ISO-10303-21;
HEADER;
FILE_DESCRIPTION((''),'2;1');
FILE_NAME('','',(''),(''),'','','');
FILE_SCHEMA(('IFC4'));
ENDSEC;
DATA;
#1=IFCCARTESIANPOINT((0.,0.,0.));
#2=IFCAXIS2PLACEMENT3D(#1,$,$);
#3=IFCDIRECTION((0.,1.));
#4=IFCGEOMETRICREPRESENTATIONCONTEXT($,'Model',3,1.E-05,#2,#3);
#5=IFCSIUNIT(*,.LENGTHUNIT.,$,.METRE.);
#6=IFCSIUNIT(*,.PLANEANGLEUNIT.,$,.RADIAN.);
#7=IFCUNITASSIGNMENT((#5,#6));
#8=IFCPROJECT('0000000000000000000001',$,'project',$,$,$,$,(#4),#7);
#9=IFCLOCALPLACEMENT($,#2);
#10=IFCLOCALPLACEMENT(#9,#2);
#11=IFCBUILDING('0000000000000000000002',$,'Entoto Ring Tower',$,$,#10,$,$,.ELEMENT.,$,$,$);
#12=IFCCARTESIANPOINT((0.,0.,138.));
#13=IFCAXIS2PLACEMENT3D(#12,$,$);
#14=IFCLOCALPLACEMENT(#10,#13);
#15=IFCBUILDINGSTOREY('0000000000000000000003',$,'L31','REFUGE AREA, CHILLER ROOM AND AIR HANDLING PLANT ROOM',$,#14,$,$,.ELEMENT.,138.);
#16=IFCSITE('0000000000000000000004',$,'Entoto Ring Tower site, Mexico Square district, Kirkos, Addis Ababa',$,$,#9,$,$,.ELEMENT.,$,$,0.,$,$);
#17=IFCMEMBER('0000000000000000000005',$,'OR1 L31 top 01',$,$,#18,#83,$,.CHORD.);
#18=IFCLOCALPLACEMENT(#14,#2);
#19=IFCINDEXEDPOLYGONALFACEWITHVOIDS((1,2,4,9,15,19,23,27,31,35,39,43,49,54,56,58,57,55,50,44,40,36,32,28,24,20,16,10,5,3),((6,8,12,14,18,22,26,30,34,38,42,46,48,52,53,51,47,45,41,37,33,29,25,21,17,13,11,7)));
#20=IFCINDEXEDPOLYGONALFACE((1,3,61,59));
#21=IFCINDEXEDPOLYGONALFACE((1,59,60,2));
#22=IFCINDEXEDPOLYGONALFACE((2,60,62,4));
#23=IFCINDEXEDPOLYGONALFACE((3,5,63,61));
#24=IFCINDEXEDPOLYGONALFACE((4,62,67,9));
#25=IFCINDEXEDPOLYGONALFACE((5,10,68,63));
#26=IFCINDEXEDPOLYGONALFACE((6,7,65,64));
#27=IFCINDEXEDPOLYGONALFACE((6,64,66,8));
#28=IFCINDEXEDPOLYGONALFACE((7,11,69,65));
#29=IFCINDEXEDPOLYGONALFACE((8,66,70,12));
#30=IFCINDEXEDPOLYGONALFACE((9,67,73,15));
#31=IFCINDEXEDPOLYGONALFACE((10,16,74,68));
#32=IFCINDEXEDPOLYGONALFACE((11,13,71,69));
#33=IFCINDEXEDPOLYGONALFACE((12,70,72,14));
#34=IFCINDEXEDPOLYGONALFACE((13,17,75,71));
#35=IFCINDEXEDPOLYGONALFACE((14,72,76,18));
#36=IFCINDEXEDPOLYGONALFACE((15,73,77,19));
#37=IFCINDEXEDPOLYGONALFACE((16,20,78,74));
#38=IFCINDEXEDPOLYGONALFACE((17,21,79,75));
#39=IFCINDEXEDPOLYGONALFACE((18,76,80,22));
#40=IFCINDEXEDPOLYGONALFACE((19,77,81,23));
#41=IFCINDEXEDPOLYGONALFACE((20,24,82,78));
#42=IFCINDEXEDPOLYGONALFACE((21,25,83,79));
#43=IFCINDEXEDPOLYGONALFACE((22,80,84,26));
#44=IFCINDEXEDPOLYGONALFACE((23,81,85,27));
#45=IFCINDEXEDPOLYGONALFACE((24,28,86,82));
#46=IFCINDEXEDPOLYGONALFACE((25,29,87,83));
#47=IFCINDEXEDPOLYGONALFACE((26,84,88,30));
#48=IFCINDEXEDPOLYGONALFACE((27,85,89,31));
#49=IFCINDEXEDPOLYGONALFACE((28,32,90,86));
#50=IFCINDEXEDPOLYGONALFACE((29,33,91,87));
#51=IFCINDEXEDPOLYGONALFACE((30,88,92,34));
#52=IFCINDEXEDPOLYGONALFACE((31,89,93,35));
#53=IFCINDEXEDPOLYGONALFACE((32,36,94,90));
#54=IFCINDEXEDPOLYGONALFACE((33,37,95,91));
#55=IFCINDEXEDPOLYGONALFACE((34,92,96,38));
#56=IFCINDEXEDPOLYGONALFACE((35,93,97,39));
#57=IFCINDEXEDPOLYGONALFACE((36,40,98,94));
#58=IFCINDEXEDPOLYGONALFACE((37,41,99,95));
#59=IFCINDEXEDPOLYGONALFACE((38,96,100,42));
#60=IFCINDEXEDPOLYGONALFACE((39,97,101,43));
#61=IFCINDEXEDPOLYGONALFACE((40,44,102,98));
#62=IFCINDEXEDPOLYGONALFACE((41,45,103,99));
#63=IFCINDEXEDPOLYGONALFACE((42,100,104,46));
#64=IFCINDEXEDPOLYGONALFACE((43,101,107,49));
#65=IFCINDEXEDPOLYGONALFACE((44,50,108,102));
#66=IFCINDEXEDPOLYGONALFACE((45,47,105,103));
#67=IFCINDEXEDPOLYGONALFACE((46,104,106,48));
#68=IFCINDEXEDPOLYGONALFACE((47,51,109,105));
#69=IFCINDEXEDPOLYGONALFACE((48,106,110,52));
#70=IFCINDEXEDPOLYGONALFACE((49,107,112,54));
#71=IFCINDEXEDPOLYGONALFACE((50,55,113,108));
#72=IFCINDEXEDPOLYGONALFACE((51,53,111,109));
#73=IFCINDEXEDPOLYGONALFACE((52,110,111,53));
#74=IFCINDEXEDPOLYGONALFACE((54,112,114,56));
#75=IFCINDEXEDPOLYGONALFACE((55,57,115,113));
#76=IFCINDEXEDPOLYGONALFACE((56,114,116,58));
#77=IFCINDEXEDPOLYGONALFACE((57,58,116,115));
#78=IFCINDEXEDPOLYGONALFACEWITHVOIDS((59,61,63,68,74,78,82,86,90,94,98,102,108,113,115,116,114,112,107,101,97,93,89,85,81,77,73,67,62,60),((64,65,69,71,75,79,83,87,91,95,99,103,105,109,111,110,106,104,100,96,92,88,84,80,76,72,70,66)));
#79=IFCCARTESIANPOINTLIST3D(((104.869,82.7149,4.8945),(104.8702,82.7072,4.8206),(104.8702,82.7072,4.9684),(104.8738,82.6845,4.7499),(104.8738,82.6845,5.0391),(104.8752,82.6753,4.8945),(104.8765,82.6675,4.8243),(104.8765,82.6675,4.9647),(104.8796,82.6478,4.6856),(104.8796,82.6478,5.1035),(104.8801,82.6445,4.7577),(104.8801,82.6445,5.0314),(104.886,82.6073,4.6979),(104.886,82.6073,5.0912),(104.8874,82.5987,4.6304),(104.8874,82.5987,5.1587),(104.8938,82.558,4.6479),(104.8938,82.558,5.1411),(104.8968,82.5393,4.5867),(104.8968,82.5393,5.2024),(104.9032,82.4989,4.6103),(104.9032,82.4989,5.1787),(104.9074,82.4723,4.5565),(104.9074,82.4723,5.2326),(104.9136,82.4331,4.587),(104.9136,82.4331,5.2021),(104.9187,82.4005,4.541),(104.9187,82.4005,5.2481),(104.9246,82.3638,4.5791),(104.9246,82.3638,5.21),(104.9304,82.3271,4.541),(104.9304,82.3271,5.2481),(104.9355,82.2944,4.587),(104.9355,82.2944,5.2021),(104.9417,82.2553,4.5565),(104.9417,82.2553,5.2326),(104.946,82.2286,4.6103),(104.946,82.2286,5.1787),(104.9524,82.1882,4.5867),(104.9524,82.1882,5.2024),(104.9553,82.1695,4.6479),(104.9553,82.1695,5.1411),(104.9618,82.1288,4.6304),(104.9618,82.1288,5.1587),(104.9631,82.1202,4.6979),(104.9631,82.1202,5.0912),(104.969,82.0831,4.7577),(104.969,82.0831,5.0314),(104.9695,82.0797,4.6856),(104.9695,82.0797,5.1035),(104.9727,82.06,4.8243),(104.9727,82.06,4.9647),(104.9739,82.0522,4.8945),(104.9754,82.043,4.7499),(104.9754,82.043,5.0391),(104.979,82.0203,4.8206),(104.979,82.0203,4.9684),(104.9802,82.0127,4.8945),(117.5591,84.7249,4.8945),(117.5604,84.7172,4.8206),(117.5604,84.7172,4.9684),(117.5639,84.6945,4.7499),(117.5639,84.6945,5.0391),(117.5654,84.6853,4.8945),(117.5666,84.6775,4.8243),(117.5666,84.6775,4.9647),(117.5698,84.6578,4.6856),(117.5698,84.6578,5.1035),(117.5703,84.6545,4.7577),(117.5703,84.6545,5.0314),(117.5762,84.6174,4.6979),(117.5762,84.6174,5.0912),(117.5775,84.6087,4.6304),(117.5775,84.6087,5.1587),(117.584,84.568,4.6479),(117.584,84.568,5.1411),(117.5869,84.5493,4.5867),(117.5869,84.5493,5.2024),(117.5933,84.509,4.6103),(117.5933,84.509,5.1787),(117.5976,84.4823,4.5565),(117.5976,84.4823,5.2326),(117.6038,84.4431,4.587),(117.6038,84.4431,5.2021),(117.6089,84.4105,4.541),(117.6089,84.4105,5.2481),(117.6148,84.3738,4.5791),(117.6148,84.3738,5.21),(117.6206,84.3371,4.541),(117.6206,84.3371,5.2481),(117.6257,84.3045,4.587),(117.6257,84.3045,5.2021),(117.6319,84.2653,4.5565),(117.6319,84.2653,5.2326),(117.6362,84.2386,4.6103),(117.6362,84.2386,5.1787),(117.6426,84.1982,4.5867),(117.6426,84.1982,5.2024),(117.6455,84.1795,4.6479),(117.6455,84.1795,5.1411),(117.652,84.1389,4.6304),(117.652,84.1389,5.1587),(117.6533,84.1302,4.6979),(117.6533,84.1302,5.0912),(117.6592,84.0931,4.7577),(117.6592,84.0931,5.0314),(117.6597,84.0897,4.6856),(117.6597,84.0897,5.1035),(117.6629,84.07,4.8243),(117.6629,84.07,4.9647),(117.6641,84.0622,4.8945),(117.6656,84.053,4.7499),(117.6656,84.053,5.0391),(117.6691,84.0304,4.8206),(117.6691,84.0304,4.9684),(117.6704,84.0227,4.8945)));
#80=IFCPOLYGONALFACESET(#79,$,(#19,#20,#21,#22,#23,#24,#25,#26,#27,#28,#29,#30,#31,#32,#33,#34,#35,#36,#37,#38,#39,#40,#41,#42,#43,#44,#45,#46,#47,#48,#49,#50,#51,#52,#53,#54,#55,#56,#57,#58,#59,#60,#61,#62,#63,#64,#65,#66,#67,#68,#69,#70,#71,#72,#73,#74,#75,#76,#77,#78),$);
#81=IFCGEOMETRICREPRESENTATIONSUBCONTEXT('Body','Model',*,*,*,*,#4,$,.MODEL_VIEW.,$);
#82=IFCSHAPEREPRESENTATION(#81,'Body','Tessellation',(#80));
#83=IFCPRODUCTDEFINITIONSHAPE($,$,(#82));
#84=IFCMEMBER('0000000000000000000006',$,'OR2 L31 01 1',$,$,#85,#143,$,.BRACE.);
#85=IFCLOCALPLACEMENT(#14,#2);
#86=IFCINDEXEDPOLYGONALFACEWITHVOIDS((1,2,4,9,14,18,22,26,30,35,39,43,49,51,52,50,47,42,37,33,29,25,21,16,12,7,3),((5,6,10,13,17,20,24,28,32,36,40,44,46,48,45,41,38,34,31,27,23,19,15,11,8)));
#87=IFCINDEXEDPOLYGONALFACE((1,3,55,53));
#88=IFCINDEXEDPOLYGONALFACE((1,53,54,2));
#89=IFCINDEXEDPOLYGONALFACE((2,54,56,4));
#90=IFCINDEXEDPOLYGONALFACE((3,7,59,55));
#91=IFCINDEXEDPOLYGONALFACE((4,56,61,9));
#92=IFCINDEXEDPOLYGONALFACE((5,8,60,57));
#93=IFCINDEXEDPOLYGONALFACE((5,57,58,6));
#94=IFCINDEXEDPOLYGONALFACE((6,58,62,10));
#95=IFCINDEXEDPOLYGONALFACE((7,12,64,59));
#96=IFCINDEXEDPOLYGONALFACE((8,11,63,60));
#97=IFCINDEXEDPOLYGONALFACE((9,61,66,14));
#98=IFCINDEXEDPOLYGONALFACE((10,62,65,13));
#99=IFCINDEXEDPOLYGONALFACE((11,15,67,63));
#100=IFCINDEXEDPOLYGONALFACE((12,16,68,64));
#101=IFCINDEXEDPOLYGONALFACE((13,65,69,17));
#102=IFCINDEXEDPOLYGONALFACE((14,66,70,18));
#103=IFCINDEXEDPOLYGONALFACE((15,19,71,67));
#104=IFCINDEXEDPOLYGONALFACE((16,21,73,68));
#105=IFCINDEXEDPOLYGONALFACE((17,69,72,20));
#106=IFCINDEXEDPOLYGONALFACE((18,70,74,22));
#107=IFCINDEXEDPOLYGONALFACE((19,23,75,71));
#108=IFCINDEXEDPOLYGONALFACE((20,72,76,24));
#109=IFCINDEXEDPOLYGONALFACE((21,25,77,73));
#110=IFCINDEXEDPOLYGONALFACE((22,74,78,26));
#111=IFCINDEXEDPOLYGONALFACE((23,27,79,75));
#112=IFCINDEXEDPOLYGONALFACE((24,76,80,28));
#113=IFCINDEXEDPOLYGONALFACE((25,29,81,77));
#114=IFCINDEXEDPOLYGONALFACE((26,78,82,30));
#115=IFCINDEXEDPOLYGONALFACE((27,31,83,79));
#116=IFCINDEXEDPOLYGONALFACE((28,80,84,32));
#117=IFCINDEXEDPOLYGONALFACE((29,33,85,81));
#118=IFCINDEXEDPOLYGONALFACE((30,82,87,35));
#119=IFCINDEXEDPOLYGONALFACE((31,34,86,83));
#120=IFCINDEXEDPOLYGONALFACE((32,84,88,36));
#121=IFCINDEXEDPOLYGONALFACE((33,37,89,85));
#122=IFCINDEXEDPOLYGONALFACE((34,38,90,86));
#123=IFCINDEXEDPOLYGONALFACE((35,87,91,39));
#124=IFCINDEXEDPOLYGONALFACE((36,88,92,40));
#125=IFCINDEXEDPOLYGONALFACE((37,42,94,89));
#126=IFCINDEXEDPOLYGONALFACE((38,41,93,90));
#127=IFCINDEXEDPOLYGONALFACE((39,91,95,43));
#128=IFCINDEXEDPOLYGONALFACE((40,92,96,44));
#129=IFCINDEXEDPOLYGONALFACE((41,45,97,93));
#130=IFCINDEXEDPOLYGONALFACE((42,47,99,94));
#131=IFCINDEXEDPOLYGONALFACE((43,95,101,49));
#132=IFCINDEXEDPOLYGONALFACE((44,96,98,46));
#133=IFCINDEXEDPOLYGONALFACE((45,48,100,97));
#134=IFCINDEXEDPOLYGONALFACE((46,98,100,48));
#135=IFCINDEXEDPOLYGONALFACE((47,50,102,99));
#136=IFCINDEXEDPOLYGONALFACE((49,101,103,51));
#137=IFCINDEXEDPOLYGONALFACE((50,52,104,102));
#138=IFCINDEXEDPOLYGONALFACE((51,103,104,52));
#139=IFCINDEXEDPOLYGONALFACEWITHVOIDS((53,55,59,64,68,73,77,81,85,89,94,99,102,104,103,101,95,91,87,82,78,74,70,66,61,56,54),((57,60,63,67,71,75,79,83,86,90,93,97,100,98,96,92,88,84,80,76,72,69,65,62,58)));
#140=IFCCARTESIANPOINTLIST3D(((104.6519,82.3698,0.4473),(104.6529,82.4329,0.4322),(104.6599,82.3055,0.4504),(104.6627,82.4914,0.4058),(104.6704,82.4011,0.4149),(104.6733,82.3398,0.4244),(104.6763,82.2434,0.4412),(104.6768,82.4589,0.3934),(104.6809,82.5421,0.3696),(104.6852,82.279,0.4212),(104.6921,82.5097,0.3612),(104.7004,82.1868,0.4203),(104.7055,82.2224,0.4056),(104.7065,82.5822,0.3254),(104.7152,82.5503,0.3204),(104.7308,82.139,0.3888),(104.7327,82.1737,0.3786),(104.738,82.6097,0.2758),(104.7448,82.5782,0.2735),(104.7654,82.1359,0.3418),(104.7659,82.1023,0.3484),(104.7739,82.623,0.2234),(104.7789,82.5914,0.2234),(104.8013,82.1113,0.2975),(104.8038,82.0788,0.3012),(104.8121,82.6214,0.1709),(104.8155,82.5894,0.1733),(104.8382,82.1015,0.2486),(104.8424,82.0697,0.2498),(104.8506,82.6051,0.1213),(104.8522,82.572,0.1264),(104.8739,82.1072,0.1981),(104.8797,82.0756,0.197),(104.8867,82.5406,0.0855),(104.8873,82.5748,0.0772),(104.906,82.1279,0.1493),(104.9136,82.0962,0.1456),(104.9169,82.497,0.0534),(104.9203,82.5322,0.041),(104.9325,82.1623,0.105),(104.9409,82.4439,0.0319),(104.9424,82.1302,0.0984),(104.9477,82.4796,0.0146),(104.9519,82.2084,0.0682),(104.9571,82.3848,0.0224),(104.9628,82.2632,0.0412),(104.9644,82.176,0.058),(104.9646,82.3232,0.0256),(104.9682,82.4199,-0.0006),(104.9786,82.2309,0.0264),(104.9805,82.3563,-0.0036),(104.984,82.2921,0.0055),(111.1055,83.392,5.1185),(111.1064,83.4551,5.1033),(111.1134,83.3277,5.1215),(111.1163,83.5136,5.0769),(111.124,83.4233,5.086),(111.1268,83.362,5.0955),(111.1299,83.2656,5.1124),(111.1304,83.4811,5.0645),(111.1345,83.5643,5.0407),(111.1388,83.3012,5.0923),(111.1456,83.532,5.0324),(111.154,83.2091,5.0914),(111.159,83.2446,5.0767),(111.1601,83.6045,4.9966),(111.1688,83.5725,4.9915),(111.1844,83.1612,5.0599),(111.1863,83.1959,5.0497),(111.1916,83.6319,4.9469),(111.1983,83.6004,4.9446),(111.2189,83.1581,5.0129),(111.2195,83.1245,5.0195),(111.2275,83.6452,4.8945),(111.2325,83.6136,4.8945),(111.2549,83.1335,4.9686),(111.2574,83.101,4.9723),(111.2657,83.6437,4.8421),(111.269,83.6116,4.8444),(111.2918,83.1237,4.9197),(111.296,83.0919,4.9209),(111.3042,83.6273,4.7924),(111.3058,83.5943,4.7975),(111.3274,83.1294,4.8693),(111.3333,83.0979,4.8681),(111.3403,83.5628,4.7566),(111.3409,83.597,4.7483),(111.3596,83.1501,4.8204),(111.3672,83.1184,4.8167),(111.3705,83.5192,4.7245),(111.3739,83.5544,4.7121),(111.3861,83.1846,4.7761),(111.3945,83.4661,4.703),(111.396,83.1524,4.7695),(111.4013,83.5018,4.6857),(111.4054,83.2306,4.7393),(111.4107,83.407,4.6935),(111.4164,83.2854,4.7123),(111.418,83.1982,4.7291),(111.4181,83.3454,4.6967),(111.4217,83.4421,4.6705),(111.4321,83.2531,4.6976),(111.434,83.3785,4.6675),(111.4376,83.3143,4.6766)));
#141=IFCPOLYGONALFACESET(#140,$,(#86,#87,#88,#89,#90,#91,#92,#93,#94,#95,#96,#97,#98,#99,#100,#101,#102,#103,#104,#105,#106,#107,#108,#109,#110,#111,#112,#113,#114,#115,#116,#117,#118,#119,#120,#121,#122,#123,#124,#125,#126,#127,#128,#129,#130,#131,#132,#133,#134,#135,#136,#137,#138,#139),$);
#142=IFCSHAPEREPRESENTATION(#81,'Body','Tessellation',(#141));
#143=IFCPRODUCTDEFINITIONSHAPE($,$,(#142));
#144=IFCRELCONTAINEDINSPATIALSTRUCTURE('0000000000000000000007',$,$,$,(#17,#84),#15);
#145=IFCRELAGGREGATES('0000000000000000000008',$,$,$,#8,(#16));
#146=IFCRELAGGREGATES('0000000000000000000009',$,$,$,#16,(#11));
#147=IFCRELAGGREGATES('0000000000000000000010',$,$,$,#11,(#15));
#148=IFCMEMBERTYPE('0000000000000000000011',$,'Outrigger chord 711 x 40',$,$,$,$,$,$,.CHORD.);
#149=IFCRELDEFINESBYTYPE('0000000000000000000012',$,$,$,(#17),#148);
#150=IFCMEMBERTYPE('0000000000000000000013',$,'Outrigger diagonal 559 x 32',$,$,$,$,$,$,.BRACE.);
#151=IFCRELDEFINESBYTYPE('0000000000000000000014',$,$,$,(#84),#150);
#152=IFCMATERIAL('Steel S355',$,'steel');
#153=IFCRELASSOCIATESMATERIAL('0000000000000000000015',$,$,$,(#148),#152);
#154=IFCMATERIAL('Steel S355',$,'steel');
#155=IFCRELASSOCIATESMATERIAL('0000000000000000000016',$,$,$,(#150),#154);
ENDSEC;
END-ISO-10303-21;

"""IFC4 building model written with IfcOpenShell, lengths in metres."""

from ifc_helpers import new_model, si_unit, direction, frame, origin, origin_2d, place, context, subcontext, project, spatial, circle, hollow_circle, extrude, material, material_profile, profile_set, type_object, element, save


model = new_model("IFC4")

# Units and contexts
model_context = context("Model", 3, precision=1e-05, world=origin(), true_north=direction((0.0, 1.0)))
body_context = subcontext(model_context, "Body", "Model", "MODEL_VIEW")
ifc_project = project(units=[si_unit("LENGTHUNIT", "METRE"), si_unit("PLANEANGLEUNIT", "RADIAN")], contexts=[model_context])

# Site, building, storey
site_placement = place(None, origin())
site = spatial("IfcSite", under=ifc_project, at=site_placement, Name="Entoto Ring Tower site, Mexico Square district, Kirkos, Addis Ababa", CompositionType="ELEMENT", RefElevation=0.0)
building_placement = place(site_placement, origin())
building = spatial("IfcBuilding", under=site, at=building_placement, Name="Entoto Ring Tower", CompositionType="ELEMENT")
storey_placement = place(building_placement, frame((0.0, 0.0, 138.0)))
storey = spatial("IfcBuildingStorey", under=building, at=storey_placement, Name="L31", Description="REFUGE AREA, CHILLER ROOM AND AIR HANDLING PLANT ROOM", CompositionType="ELEMENT", Elevation=138.0)

# Members
ifc_material_1 = material(Name="Steel S355", Category="steel")
ifc_material_profile_1 = material_profile(ifc_material_1, hollow_circle(Radius=0.3555, WallThickness=0.04, at=origin_2d()), Name="CHS 711 x 40")
ifc_material_2 = material(Name="Concrete C60/75", Category="concrete")
ifc_material_profile_2 = material_profile(ifc_material_2, circle(Radius=0.3154, at=origin_2d()), Name="Concrete C60/75 infill")
ifc_profile_set_1 = profile_set([ifc_material_profile_1, ifc_material_profile_2], Name="Steel S355")
member_type_1 = type_object("IfcMemberType", Name="Outrigger chord 711 x 40", PredefinedType="CHORD", material=ifc_profile_set_1)
member_1_placement = place(storey_placement, frame((104.9246, 82.3638, 4.8945), z_axis=(0.987687, 0.156441, 0.0), x_axis=(-0.156441, 0.987687, 0.0)))
element("IfcMember", 1, at=member_1_placement, inside=storey, type_object=member_type_1, Name="OR1 L31 top 01", PredefinedType="CHORD", context=body_context, shape_type="SweptSolid", body=[
    extrude(hollow_circle(Radius=0.3555, WallThickness=0.04, at=origin_2d()), origin(), (0.0, 0.0, 1.0), 12.8484),
])
ifc_material_3 = material(Name="Steel S355", Category="steel")
ifc_material_profile_3 = material_profile(ifc_material_3, hollow_circle(Radius=0.2795, WallThickness=0.032, at=origin_2d()), Name="CHS 559 x 32")
ifc_material_4 = material(Name="Concrete C60/75", Category="concrete")
ifc_material_profile_4 = material_profile(ifc_material_4, circle(Radius=0.2476, at=origin_2d()), Name="Concrete C60/75 infill")
ifc_profile_set_2 = profile_set([ifc_material_profile_3, ifc_material_profile_4], Name="Steel S355")
member_type_2 = type_object("IfcMemberType", Name="Outrigger diagonal 559 x 32", PredefinedType="BRACE", material=ifc_profile_set_2)
member_2_placement = place(storey_placement, frame((104.8176, 82.3469, 0.2234), z_axis=(0.803484, 0.127267, 0.581564), x_axis=(-0.156444, 0.987687, 0.0)))
element("IfcMember", 2, at=member_2_placement, inside=storey, type_object=member_type_2, Name="OR2 L31 01 1", PredefinedType="BRACE", context=body_context, shape_type="SweptSolid", body=[
    extrude(hollow_circle(Radius=0.2795, WallThickness=0.032, at=origin_2d()), origin(), (0.0, 0.0, 1.0), 8.032),
])

save(model, "model.ifc")
